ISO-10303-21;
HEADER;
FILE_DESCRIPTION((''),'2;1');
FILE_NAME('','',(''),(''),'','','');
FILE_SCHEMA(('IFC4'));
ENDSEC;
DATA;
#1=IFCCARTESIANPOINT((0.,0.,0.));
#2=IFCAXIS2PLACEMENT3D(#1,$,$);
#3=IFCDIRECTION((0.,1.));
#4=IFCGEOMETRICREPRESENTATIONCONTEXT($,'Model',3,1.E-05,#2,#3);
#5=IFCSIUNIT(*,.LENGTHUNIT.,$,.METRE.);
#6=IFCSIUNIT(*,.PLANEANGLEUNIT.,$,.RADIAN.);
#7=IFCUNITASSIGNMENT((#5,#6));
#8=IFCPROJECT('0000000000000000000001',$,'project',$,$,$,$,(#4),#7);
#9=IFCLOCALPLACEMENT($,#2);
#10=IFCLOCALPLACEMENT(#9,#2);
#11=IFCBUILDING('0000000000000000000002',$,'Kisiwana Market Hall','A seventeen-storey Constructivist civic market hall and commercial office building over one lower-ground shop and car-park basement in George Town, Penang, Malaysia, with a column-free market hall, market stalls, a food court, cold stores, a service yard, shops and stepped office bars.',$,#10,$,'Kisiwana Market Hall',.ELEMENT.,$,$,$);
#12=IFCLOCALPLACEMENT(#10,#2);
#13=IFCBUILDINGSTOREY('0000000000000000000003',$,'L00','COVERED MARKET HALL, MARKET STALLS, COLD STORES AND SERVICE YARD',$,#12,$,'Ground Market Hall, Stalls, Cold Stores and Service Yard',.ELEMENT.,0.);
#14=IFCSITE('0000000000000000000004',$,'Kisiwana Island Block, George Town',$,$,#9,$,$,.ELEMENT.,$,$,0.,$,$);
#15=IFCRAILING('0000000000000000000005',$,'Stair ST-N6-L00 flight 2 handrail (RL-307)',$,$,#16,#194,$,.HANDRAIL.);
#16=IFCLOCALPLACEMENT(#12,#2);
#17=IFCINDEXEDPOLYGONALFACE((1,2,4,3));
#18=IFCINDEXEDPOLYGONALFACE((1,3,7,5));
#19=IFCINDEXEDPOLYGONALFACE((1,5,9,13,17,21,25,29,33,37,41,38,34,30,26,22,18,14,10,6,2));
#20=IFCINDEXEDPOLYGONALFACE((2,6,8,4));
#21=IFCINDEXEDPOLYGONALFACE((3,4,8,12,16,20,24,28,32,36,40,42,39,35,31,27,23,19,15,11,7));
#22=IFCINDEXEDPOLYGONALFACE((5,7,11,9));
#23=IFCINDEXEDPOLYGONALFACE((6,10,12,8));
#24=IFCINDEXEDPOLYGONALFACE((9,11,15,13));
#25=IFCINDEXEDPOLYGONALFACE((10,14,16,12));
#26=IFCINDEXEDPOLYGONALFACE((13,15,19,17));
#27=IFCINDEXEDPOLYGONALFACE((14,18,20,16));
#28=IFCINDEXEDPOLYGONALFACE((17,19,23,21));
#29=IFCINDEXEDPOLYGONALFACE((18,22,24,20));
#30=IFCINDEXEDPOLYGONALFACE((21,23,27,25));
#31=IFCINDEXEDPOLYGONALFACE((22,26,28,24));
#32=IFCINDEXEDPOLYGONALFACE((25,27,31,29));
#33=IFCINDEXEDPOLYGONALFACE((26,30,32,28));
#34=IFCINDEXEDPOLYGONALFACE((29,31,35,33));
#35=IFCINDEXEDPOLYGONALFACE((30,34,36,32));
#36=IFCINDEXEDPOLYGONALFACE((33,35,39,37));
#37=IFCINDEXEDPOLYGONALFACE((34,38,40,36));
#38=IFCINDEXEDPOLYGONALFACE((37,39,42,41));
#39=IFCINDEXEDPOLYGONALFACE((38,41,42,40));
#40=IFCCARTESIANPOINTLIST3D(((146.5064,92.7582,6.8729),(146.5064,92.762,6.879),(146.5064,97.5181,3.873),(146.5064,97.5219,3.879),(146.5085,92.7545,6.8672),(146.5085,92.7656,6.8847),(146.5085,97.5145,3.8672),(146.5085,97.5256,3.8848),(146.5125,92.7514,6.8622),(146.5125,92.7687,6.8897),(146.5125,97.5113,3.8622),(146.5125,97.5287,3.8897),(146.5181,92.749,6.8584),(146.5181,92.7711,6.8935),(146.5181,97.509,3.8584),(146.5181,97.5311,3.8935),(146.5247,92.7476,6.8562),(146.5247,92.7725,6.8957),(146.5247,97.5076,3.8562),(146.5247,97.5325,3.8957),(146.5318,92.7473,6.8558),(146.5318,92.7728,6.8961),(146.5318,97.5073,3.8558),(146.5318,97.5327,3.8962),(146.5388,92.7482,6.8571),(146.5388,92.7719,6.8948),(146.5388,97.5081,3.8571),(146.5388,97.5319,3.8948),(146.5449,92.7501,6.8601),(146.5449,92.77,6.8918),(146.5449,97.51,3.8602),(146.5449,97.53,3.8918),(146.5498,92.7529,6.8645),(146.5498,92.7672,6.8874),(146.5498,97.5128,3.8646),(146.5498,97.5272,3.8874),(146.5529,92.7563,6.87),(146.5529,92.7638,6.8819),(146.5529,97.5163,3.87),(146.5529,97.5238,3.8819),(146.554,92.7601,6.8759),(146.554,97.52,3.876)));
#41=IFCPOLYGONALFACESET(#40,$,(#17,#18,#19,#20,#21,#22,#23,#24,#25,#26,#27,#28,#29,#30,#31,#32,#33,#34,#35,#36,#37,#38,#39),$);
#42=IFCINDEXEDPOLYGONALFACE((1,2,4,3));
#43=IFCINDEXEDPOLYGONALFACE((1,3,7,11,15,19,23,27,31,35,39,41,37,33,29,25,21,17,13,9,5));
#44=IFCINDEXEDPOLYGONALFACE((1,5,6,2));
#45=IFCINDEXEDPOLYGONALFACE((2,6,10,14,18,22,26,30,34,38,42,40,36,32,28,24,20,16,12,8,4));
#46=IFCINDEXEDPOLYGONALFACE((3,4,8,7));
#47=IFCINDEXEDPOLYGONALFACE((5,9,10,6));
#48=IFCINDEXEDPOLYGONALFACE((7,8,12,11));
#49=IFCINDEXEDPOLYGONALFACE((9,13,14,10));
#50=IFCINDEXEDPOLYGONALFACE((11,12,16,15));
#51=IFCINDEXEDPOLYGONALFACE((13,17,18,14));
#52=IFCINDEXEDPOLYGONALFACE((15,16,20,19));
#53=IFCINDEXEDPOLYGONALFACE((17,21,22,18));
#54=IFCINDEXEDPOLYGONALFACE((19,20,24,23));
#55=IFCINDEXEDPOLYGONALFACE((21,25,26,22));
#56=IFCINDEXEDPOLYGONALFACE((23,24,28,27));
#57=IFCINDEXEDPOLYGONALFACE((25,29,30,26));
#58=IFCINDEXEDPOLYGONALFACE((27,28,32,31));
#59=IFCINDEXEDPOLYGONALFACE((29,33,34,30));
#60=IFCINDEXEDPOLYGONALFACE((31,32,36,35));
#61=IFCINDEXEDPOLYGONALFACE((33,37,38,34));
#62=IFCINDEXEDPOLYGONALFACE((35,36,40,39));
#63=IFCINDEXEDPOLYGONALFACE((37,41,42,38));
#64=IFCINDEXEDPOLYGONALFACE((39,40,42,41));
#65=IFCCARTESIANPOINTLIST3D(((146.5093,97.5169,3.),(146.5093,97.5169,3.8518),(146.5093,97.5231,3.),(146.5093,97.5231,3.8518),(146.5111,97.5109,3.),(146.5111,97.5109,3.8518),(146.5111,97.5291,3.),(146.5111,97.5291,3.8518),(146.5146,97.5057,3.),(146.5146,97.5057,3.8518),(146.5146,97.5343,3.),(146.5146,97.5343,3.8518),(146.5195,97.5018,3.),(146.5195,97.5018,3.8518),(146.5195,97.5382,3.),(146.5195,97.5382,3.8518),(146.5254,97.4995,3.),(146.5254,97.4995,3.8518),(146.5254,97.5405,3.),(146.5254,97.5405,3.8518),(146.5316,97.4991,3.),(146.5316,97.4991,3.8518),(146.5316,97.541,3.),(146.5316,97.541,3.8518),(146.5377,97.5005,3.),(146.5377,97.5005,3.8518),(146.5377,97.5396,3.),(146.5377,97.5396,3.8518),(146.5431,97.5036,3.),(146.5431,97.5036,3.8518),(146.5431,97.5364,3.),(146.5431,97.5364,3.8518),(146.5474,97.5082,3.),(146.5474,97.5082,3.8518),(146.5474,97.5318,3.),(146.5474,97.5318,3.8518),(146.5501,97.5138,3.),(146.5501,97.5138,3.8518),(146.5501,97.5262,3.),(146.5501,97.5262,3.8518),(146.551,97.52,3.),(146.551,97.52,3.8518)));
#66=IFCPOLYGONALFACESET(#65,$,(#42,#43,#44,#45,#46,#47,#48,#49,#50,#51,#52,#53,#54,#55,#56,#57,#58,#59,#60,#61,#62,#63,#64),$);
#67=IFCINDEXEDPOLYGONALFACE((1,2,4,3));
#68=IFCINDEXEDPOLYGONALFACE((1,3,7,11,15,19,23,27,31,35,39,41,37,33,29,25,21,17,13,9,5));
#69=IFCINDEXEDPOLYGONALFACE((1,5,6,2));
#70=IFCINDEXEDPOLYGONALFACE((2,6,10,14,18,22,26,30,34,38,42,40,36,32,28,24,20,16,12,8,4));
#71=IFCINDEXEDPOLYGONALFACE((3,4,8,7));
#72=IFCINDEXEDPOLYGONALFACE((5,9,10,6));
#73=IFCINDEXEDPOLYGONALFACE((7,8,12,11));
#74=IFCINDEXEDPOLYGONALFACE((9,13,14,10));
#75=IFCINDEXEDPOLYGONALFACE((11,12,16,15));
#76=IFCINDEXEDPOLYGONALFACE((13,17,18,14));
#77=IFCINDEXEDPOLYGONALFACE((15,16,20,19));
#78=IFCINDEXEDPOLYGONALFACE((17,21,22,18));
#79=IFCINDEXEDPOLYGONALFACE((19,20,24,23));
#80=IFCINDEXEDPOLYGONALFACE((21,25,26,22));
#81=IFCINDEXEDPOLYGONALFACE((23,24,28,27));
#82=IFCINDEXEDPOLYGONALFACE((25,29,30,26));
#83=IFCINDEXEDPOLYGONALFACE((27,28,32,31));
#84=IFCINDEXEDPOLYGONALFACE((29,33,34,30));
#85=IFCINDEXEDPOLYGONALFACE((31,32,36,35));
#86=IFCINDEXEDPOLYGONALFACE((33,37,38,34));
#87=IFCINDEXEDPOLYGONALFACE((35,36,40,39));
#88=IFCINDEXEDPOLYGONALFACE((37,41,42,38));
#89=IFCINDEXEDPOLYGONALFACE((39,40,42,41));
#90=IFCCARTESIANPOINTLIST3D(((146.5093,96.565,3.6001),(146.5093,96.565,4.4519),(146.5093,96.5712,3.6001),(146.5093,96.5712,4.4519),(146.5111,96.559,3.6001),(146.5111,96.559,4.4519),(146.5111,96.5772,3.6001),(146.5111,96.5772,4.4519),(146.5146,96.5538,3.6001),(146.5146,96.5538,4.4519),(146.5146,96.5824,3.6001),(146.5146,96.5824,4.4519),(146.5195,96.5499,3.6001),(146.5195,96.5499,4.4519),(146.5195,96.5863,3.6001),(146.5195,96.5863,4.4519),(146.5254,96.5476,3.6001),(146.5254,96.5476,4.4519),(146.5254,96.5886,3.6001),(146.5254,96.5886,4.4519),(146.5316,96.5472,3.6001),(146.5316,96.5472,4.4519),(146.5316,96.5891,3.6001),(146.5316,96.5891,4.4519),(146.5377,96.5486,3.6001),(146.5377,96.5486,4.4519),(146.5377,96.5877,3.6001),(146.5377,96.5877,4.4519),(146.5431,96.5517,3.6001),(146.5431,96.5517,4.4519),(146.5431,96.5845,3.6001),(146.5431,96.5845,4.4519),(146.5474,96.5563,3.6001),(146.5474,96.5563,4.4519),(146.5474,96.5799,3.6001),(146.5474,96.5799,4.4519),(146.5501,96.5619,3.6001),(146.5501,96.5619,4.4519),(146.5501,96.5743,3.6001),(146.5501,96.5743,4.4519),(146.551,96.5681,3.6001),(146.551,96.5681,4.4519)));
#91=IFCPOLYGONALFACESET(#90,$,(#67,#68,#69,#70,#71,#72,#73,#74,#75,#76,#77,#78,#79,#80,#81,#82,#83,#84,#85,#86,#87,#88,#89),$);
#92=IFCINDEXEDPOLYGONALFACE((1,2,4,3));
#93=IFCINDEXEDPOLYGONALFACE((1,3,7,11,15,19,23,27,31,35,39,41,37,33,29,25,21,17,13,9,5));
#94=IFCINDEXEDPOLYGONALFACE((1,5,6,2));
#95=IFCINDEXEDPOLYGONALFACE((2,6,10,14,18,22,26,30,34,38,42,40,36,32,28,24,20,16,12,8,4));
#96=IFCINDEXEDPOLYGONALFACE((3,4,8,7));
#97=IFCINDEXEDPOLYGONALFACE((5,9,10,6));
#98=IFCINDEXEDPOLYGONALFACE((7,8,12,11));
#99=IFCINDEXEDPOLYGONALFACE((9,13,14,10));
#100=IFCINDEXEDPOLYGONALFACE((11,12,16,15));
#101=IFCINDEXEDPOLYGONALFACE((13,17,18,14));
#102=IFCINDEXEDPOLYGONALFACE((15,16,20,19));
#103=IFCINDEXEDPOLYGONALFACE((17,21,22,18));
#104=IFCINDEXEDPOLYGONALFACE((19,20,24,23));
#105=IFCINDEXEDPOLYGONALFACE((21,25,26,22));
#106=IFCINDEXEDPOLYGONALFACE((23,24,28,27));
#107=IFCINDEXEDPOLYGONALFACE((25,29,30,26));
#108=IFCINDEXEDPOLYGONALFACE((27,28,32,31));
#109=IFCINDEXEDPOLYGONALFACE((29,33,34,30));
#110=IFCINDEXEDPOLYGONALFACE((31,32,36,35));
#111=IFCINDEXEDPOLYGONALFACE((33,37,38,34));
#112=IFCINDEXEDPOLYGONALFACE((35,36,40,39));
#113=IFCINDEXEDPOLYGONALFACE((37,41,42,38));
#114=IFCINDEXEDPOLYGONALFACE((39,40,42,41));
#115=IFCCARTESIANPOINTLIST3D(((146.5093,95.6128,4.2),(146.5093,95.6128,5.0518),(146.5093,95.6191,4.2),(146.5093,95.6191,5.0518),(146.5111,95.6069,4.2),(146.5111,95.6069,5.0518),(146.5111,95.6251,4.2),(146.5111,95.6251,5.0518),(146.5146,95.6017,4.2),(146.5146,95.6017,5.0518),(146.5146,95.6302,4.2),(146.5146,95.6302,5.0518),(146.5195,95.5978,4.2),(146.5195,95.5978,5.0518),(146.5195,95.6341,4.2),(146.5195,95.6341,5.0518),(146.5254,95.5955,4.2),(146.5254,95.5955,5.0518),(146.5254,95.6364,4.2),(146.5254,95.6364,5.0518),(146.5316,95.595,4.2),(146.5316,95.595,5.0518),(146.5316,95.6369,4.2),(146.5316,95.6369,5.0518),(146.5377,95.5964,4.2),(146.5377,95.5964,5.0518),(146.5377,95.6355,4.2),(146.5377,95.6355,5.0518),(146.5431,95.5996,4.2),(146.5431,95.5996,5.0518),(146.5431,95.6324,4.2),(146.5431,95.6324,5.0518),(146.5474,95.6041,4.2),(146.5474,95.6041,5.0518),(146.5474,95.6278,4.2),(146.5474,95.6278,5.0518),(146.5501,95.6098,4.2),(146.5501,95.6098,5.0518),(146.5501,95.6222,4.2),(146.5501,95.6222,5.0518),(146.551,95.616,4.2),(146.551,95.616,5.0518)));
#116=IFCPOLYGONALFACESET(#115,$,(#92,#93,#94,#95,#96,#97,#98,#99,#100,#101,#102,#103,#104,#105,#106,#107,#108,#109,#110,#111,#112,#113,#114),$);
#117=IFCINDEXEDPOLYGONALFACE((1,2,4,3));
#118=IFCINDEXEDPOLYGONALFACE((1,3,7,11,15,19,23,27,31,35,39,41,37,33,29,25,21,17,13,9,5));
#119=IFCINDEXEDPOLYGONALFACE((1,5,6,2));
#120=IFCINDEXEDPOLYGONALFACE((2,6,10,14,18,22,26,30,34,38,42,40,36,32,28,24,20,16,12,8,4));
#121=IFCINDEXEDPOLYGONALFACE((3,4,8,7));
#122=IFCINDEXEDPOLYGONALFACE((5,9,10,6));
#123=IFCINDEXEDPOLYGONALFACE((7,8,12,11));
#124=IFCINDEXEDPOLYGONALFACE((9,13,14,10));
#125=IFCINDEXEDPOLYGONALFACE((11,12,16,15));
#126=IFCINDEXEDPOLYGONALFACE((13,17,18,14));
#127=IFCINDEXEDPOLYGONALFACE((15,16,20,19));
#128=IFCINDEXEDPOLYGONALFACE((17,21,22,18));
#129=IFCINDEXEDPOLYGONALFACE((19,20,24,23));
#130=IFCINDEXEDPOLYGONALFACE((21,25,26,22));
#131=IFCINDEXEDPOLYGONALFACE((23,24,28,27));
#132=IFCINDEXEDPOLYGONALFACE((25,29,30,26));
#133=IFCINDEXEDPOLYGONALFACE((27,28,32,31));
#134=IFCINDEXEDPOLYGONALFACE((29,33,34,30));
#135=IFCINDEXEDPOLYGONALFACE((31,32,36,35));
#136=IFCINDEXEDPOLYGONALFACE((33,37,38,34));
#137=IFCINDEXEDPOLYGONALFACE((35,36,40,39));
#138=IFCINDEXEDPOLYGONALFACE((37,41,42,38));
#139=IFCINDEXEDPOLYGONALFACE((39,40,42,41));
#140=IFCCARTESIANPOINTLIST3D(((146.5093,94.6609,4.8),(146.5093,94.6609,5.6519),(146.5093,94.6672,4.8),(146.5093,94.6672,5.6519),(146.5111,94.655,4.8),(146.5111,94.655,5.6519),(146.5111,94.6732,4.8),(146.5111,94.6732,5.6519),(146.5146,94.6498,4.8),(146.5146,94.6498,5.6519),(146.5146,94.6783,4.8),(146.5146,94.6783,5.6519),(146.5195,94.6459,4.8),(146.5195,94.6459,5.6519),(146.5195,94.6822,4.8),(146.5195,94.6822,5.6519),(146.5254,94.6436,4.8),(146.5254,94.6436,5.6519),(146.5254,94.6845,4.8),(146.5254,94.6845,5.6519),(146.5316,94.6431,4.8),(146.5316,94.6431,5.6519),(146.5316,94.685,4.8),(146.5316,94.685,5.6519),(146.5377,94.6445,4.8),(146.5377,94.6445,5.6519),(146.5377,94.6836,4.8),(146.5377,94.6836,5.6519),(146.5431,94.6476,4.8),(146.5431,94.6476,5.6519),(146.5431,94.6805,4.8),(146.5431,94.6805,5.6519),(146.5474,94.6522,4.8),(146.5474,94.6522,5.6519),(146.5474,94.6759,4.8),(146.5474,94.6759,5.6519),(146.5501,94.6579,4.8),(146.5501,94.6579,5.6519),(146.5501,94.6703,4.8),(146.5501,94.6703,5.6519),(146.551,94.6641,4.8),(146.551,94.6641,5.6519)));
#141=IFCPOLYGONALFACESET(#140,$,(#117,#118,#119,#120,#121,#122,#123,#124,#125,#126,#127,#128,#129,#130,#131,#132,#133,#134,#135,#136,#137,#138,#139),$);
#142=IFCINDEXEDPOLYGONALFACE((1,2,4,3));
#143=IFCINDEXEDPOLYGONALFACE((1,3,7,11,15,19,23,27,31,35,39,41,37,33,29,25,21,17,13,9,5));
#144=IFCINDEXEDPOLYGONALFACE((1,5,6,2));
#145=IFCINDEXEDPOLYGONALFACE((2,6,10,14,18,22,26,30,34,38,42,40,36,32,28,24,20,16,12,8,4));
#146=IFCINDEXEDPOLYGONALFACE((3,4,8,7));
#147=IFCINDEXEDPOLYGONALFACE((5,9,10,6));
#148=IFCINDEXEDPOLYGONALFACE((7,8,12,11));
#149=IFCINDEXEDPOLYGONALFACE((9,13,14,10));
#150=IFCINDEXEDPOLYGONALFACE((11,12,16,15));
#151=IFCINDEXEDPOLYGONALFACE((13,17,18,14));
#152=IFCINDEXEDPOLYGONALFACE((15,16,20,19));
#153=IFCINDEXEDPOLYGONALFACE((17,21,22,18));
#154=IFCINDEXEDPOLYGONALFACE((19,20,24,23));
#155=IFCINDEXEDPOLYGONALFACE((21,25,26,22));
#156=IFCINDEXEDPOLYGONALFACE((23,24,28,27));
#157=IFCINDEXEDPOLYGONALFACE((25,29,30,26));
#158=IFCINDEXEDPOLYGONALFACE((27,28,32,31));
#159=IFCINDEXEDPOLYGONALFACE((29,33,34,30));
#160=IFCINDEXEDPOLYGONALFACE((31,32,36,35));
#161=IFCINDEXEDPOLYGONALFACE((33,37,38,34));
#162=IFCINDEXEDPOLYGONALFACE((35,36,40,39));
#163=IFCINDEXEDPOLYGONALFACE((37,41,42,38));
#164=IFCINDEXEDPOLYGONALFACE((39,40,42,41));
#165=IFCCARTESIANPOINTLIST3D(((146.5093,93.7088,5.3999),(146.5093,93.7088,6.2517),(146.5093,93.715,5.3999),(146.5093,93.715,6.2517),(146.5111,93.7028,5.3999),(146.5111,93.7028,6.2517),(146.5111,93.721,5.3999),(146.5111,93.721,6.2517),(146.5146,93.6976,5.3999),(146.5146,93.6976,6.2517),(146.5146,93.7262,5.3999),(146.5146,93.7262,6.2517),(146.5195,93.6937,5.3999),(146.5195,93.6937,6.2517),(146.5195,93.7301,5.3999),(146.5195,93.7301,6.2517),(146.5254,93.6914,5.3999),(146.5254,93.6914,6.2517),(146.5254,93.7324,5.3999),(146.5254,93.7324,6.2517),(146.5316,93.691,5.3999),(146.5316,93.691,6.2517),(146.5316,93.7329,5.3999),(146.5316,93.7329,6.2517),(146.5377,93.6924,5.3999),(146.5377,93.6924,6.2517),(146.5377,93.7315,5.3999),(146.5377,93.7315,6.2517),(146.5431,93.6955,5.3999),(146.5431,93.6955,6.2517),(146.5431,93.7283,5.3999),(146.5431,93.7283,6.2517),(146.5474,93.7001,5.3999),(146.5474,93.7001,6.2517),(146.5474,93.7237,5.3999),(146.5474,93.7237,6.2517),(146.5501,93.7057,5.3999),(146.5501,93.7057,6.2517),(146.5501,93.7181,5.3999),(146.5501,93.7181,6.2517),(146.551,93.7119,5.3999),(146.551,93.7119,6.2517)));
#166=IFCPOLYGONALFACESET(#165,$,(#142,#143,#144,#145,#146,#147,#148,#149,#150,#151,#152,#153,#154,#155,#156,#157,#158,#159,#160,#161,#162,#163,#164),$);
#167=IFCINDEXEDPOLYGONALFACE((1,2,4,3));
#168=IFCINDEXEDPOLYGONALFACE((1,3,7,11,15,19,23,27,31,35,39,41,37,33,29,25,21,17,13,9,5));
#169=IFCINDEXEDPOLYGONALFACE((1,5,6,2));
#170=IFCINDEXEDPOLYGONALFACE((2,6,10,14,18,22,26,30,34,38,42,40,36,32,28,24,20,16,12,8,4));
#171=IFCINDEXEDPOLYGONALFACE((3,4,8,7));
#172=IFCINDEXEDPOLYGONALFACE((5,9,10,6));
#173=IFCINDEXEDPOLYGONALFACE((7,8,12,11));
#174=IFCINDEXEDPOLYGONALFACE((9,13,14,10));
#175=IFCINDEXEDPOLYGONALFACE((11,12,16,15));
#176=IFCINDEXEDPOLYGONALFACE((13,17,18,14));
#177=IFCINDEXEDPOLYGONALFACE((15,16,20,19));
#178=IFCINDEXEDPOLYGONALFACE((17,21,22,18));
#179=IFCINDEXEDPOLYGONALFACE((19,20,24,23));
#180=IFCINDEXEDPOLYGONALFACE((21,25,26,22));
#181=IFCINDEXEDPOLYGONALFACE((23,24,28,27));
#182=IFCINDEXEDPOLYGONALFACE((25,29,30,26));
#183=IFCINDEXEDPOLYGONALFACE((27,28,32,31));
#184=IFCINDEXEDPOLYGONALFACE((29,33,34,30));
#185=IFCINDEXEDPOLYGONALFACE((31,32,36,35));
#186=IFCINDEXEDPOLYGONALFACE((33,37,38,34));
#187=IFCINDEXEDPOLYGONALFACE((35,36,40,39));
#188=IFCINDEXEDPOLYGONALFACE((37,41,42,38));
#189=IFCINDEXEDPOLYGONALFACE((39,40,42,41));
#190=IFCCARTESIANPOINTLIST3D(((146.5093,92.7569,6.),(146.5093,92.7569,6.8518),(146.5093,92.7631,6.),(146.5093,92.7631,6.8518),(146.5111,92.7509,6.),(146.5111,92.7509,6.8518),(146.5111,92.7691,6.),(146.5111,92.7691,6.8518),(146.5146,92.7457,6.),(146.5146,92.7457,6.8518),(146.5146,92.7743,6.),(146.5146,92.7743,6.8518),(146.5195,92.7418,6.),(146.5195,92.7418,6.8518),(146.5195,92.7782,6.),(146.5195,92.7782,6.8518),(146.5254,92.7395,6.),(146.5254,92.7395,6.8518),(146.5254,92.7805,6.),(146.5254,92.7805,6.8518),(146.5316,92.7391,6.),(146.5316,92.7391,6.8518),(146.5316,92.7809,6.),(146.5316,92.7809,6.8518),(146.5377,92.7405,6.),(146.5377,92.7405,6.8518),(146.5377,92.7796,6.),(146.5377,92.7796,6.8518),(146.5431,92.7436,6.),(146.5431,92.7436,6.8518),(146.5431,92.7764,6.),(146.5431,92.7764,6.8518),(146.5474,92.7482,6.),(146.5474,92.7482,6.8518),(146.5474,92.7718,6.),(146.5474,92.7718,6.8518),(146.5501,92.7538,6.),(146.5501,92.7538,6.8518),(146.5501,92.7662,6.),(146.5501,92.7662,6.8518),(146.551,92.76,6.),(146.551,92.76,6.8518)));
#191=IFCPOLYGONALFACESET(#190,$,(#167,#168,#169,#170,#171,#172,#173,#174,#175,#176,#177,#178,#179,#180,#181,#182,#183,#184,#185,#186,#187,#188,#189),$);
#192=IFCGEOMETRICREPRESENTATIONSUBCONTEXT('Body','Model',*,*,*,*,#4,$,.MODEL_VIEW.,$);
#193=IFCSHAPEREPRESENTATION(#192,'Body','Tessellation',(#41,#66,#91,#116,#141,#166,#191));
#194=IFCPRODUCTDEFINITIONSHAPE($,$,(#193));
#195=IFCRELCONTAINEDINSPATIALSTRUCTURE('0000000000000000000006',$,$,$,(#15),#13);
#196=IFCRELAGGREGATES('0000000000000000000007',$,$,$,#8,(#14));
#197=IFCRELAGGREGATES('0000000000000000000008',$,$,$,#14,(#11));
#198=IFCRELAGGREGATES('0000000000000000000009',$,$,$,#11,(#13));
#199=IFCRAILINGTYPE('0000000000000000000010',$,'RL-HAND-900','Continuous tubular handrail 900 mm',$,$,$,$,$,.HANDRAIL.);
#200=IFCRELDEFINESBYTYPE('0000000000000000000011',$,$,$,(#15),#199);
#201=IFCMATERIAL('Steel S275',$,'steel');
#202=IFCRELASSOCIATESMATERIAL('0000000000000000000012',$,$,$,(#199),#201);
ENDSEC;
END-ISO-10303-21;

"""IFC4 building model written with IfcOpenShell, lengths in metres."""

from ifc_helpers import new_model, si_unit, direction, frame, origin, origin_2d, place, context, subcontext, project, spatial, circle, extrude, material, type_object, element, save


model = new_model("IFC4")

# Units and contexts
model_context = context("Model", 3, precision=1e-05, world=origin(), true_north=direction((0.0, 1.0)))
body_context = subcontext(model_context, "Body", "Model", "MODEL_VIEW")
ifc_project = project(units=[si_unit("LENGTHUNIT", "METRE"), si_unit("PLANEANGLEUNIT", "RADIAN")], contexts=[model_context])

# Site, building, storey
site_placement = place(None, origin())
site = spatial("IfcSite", under=ifc_project, at=site_placement, Name="Kisiwana Island Block, George Town", CompositionType="ELEMENT", RefElevation=0.0)
building_placement = place(site_placement, origin())
building = spatial("IfcBuilding", under=site, at=building_placement, Name="Kisiwana Market Hall", Description="A seventeen-storey Constructivist civic market hall and commercial office building over one lower-ground shop and car-park basement in George Town, Penang, Malaysia, with a column-free market hall, market stalls, a food court, cold stores, a service yard, shops and stepped office bars.", LongName="Kisiwana Market Hall", CompositionType="ELEMENT")
storey_placement = place(building_placement, origin())
storey = spatial("IfcBuildingStorey", under=building, at=storey_placement, Name="L00", Description="COVERED MARKET HALL, MARKET STALLS, COLD STORES AND SERVICE YARD", LongName="Ground Market Hall, Stalls, Cold Stores and Service Yard", CompositionType="ELEMENT", Elevation=0.0)

# Railing
ifc_material_1 = material(Name="Steel S275", Category="steel")
railing_type_1 = type_object("IfcRailingType", Name="RL-HAND-900", Description="Continuous tubular handrail 900 mm", PredefinedType="HANDRAIL", material=ifc_material_1)
railing_1_placement = place(storey_placement, frame((146.53, 97.52, 3.0)))
element("IfcRailing", 1, at=railing_1_placement, inside=storey, type_object=railing_type_1, Name="Stair ST-N6-L00 flight 2 handrail (RL-307)", PredefinedType="HANDRAIL", context=body_context, shape_type="SweptSolid", body=[
    extrude(circle(Radius=0.0239, at=origin_2d()), frame((0.0, 0.0, 0.876), z_axis=(0.0, -0.845996, 0.53319), x_axis=(1.0, 0.0, 0.0)), (0.0, 0.0, 1.0), 5.6265),
    extrude(circle(Radius=0.021, at=origin_2d()), origin(), (0.0, 0.0, 1.0), 0.8518),
    extrude(circle(Radius=0.021, at=origin_2d()), frame((0.0, -0.9519, 0.6001)), (0.0, 0.0, 1.0), 0.8518),
    extrude(circle(Radius=0.021, at=origin_2d()), frame((0.0, -1.9041, 1.2)), (0.0, 0.0, 1.0), 0.8518),
    extrude(circle(Radius=0.021, at=origin_2d()), frame((0.0, -2.856, 1.8)), (0.0, 0.0, 1.0), 0.8518),
    extrude(circle(Radius=0.021, at=origin_2d()), frame((0.0, -3.8081, 2.3999)), (0.0, 0.0, 1.0), 0.8518),
    extrude(circle(Radius=0.021, at=origin_2d()), frame((0.0, -4.76, 3.0)), (0.0, 0.0, 1.0), 0.8518),
])

save(model, "model.ifc")
